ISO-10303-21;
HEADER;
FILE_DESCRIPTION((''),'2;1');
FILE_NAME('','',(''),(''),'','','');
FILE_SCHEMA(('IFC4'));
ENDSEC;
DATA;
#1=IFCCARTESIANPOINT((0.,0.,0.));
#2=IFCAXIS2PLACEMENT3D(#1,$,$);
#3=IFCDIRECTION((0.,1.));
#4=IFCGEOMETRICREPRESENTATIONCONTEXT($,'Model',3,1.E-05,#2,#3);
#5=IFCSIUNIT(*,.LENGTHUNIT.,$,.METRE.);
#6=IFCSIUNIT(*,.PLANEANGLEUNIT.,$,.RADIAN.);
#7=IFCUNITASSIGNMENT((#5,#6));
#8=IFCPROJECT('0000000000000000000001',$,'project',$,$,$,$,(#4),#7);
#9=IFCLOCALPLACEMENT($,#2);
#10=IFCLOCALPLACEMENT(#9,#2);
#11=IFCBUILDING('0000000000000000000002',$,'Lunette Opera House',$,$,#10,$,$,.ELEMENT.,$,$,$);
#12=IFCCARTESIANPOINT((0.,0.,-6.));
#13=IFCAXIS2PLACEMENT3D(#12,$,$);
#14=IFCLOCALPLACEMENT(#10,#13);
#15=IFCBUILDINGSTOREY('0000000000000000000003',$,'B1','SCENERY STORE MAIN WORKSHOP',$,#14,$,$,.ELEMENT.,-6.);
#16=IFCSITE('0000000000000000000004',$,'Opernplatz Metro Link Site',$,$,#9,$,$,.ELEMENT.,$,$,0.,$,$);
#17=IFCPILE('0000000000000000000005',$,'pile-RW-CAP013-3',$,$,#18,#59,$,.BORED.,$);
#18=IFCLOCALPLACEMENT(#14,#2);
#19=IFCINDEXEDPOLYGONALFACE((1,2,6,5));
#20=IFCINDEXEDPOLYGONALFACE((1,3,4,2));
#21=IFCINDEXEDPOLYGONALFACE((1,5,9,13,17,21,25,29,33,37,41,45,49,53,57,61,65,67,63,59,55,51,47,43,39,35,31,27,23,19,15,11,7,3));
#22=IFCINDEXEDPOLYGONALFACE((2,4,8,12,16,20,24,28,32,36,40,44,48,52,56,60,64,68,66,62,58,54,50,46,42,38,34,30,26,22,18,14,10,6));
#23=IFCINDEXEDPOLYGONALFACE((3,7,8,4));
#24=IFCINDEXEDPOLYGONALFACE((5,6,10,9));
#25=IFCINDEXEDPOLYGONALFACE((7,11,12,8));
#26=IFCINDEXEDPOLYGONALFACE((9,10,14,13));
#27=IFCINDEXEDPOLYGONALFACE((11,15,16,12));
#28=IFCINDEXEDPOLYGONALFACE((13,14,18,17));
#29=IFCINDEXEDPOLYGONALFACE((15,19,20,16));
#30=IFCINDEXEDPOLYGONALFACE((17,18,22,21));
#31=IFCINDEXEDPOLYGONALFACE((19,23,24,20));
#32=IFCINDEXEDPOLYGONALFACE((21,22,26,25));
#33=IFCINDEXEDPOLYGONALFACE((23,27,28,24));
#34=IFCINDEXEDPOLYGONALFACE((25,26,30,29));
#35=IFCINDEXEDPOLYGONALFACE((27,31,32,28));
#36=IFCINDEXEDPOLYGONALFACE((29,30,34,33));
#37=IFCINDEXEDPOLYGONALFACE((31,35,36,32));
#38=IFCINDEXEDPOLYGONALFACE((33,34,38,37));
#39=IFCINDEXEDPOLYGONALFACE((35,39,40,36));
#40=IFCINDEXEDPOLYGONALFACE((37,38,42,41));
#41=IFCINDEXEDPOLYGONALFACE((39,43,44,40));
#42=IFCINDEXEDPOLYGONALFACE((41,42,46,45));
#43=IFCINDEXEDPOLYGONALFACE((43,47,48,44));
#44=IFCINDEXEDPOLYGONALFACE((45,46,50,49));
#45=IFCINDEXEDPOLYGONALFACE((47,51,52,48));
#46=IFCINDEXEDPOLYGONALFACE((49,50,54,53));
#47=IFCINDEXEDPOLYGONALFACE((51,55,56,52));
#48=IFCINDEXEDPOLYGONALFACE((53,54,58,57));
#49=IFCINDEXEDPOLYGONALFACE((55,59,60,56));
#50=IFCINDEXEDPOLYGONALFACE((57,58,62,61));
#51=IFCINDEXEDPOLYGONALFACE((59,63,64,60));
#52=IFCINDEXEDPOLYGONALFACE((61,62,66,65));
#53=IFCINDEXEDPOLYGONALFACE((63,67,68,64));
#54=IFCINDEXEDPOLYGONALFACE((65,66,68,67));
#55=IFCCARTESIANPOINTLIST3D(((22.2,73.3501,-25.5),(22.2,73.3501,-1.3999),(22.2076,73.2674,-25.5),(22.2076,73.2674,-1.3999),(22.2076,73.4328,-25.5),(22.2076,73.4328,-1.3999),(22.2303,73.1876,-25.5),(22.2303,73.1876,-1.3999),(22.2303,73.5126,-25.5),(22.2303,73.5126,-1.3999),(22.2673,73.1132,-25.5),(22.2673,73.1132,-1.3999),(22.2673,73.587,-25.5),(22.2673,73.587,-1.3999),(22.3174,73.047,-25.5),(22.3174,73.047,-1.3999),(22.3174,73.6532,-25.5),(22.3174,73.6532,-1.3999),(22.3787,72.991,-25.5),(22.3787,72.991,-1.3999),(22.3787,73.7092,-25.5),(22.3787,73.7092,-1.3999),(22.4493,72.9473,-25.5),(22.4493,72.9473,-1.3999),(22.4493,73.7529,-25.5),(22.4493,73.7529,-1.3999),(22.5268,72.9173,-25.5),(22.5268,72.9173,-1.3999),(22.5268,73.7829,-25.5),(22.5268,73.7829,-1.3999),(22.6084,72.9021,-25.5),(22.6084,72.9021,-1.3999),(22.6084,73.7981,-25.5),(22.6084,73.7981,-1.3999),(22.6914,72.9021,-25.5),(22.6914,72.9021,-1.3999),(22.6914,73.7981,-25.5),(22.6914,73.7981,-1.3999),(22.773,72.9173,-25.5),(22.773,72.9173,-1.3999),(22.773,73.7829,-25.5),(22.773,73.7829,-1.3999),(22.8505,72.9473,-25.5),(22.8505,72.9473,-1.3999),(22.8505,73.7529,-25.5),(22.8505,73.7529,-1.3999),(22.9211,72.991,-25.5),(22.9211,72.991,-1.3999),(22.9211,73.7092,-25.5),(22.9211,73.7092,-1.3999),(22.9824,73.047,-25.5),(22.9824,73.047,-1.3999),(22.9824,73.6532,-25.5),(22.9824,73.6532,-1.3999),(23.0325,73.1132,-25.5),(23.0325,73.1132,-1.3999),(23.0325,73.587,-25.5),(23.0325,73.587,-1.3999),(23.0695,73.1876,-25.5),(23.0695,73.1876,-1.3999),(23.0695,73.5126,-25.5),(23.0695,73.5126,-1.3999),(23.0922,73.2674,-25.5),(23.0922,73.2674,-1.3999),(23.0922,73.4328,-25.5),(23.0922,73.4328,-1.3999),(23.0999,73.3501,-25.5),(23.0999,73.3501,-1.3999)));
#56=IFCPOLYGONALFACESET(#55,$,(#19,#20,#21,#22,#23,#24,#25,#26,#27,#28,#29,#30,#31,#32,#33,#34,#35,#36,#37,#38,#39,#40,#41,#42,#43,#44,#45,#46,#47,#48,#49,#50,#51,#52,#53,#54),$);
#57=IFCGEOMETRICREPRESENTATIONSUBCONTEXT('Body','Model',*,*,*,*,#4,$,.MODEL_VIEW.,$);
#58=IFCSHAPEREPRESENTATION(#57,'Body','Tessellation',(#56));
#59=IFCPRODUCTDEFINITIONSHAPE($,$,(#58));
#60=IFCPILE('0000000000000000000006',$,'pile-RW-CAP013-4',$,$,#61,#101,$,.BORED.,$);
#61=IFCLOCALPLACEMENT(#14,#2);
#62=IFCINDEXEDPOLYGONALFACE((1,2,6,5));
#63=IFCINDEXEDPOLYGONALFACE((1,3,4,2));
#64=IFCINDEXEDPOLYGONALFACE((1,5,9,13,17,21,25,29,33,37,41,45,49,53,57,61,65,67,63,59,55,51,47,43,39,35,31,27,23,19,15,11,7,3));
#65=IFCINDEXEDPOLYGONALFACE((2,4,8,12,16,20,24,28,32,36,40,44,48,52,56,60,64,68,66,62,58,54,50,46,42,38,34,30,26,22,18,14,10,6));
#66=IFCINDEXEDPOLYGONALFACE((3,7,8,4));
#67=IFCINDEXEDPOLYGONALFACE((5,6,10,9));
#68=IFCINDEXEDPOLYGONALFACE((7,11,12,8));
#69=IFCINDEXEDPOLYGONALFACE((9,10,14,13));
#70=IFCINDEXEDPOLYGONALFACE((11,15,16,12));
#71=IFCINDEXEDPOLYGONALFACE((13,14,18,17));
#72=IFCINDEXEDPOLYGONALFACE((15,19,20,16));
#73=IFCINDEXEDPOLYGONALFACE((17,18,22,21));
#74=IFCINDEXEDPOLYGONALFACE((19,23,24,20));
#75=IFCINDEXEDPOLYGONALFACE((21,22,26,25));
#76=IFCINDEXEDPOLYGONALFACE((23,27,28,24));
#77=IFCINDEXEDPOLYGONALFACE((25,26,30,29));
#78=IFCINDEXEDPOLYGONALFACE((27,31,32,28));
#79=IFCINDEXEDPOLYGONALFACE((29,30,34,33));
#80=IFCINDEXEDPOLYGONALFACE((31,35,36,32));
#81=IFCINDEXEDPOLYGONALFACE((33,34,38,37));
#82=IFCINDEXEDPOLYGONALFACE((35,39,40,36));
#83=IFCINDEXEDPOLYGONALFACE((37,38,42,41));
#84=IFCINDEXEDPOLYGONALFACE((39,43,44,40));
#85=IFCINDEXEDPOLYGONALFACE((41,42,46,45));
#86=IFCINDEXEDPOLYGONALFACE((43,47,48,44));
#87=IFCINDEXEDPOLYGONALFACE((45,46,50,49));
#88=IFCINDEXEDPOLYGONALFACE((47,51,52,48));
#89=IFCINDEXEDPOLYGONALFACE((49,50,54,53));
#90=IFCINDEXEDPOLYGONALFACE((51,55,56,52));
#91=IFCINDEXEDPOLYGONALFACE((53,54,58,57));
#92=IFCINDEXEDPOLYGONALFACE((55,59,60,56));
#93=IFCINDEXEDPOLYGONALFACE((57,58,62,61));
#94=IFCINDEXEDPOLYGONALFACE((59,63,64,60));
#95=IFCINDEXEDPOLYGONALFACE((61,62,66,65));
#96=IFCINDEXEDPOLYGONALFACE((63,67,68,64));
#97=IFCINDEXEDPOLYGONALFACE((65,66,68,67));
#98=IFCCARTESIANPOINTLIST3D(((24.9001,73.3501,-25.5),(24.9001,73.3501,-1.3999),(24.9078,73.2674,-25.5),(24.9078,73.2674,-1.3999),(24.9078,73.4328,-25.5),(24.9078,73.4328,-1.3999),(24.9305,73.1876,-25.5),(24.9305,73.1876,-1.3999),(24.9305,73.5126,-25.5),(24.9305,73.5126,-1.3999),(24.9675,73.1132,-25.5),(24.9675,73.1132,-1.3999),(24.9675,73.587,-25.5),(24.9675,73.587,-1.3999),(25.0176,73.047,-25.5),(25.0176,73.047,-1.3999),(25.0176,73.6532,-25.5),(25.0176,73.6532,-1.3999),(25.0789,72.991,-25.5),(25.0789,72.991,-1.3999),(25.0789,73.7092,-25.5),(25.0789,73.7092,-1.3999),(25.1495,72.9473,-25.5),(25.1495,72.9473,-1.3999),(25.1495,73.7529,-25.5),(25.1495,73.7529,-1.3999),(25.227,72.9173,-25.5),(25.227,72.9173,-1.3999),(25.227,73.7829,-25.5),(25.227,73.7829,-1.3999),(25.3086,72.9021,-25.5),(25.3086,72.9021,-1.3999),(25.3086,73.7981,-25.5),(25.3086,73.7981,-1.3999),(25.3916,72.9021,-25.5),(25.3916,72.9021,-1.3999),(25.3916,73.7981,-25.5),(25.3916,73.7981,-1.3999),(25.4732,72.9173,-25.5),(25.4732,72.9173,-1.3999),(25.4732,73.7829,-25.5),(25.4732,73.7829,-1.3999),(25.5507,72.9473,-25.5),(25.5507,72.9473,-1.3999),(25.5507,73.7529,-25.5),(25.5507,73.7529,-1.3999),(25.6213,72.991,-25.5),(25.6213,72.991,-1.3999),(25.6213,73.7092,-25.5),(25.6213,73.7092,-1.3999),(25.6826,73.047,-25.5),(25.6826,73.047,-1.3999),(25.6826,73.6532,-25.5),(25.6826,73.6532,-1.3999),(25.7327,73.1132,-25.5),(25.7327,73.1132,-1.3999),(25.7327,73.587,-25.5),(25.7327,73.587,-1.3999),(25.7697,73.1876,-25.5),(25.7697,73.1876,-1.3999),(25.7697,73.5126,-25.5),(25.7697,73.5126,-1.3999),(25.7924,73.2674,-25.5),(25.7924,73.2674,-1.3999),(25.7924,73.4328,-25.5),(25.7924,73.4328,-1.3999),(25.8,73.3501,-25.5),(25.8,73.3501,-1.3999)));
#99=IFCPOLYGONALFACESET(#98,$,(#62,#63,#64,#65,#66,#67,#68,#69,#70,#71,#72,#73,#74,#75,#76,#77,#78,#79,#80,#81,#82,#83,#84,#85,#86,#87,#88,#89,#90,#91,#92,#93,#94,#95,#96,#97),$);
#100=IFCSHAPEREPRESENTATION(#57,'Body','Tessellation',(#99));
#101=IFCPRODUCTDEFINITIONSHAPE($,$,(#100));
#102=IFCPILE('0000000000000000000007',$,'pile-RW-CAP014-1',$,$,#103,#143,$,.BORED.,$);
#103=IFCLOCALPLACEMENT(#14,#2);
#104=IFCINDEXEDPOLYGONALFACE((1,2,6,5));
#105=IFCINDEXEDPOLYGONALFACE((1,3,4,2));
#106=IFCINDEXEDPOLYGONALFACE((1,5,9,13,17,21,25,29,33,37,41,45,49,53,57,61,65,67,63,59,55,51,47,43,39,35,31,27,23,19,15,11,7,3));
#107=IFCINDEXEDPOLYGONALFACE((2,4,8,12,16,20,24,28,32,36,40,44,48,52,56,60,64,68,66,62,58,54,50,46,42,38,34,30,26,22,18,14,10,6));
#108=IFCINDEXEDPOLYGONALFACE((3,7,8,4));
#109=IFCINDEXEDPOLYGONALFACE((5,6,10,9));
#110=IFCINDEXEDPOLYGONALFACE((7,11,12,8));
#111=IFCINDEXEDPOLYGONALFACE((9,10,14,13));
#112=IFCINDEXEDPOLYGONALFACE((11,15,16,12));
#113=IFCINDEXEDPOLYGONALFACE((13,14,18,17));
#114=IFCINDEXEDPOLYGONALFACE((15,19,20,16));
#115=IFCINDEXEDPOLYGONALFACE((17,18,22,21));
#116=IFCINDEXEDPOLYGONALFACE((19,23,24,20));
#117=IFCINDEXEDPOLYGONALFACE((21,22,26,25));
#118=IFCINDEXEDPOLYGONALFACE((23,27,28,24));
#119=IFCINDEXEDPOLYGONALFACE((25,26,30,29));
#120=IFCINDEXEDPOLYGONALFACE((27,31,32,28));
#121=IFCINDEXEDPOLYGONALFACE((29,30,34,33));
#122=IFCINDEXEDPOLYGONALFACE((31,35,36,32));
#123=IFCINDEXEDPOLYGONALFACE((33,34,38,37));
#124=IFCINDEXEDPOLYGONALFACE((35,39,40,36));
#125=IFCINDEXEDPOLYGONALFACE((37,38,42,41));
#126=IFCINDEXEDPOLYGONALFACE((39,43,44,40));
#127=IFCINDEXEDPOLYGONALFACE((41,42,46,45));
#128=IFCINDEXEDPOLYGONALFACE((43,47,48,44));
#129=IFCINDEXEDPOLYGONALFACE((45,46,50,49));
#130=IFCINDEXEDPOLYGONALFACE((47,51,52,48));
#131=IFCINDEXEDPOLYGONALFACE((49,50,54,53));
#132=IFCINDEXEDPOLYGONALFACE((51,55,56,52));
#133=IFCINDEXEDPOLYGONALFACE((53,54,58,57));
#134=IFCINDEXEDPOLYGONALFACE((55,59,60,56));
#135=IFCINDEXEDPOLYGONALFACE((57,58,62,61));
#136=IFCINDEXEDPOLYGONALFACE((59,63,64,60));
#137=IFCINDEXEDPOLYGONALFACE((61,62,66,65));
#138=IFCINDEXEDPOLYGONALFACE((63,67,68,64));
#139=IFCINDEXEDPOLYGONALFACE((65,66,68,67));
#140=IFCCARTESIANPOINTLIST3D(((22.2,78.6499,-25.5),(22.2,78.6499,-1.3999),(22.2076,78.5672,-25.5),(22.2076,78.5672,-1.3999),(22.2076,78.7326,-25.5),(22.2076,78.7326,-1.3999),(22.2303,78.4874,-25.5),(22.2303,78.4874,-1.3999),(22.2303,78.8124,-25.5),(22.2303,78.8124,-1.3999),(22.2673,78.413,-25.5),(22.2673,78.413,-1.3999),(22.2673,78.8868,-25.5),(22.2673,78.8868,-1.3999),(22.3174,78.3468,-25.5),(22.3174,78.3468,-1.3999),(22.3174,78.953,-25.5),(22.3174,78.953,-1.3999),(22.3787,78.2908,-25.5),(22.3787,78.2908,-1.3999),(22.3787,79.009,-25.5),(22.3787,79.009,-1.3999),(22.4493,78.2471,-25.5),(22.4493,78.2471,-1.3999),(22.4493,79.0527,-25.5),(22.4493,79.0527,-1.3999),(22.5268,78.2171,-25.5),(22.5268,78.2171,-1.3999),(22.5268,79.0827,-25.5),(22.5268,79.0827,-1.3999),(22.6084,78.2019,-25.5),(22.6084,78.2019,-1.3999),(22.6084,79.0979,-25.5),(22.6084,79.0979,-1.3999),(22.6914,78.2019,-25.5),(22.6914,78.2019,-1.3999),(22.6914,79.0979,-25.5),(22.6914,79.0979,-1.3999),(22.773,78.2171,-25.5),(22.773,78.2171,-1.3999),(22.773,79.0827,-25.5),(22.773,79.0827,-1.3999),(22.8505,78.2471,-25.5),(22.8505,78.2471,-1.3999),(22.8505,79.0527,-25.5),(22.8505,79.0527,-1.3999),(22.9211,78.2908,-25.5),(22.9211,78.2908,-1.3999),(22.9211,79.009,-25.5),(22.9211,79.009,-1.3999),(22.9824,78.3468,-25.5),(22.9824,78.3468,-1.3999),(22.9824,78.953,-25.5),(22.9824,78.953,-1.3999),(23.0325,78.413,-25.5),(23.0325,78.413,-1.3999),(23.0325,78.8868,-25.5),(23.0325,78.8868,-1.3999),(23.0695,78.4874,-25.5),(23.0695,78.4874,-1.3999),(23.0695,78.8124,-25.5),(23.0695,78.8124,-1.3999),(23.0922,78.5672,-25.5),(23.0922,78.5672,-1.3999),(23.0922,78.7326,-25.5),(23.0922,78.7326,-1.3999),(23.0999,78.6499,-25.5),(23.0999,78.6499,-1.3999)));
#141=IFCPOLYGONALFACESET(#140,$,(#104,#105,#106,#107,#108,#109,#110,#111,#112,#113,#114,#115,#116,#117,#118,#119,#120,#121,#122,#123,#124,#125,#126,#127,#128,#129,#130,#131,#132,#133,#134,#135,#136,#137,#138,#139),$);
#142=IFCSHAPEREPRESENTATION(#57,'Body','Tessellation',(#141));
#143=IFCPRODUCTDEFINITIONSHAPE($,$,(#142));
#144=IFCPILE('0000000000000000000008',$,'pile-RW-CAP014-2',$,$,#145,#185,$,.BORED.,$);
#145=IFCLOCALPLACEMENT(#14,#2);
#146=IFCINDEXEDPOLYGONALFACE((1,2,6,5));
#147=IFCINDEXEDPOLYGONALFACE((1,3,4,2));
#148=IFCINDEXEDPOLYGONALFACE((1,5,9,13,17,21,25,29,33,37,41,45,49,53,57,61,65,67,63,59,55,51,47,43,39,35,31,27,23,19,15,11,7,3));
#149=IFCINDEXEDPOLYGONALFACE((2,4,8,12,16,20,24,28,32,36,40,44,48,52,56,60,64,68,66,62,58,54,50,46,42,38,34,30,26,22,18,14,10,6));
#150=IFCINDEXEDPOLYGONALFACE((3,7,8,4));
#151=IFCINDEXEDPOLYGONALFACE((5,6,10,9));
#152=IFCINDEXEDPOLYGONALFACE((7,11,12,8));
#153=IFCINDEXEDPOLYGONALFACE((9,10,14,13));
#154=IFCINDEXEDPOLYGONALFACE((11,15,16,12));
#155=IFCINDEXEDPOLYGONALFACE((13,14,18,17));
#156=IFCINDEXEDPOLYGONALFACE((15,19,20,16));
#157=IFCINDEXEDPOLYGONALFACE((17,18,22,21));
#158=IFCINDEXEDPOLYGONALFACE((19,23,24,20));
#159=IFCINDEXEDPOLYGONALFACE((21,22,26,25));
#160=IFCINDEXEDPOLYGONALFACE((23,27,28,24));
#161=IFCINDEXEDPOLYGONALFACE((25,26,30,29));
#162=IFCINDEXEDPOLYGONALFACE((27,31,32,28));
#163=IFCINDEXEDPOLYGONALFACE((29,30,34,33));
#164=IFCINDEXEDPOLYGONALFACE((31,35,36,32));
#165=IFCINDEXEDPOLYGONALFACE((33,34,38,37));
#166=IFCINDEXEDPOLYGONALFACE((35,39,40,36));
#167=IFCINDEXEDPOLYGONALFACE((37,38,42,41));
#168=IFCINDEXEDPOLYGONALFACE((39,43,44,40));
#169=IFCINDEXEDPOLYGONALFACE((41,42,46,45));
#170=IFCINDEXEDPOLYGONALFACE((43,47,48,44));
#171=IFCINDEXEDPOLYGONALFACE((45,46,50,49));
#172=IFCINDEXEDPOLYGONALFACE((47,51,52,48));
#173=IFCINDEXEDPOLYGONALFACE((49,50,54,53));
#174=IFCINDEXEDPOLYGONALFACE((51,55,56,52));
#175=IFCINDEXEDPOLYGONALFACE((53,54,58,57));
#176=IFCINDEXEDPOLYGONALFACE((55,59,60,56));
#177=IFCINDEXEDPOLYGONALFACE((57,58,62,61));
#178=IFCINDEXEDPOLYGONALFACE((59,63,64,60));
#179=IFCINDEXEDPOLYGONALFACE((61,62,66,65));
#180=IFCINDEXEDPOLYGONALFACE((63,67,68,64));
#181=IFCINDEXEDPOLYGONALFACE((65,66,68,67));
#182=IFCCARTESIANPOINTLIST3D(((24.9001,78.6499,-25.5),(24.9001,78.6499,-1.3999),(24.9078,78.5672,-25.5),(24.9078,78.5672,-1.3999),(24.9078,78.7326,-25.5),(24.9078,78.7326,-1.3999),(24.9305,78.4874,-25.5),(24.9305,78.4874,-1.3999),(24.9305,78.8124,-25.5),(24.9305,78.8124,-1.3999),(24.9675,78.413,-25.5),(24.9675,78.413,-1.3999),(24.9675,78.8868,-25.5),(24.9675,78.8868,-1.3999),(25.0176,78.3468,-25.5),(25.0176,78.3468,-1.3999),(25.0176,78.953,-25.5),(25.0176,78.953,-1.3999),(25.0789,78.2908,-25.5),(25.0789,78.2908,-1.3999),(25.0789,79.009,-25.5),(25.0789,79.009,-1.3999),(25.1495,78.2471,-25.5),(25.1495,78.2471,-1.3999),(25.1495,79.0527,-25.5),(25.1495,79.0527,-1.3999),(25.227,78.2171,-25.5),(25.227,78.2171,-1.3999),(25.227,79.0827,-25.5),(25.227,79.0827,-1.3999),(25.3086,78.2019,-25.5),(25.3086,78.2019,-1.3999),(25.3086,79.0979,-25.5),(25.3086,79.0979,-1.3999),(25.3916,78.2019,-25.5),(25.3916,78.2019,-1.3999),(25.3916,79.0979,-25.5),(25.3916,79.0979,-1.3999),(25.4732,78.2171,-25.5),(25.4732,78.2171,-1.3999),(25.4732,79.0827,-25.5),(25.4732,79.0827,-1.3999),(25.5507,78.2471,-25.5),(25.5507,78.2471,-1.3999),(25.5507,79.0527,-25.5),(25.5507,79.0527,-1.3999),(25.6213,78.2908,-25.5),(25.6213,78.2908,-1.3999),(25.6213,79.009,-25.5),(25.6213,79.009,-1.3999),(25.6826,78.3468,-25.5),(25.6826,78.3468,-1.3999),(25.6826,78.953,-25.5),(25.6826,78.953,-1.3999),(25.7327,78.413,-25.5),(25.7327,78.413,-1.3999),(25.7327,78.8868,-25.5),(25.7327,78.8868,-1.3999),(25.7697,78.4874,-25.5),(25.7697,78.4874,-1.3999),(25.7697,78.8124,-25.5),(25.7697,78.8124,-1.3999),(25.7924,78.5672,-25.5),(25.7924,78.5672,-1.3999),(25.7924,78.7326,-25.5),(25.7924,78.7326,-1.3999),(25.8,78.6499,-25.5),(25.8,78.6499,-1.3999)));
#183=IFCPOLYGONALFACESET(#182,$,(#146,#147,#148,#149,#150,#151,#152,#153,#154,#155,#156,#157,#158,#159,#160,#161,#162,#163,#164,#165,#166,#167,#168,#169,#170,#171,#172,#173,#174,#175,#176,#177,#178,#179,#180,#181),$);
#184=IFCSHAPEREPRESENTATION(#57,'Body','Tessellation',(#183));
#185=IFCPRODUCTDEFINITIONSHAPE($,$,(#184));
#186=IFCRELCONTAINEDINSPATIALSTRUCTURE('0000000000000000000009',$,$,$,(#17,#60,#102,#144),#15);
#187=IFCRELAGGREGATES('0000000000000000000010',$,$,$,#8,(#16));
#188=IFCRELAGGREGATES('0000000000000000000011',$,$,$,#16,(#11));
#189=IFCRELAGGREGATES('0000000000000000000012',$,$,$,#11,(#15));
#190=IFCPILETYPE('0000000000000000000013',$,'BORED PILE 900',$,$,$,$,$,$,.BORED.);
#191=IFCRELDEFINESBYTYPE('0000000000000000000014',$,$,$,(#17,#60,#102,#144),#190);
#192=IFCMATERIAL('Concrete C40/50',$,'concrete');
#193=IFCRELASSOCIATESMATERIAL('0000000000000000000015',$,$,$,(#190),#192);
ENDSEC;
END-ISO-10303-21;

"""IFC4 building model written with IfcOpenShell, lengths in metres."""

from ifc_helpers import new_model, si_unit, direction, frame, origin, origin_2d, place, context, subcontext, project, spatial, circle, extrude, material, material_profile, profile_set, type_object, element, save


model = new_model("IFC4")

# Units and contexts
model_context = context("Model", 3, precision=1e-05, world=origin(), true_north=direction((0.0, 1.0)))
body_context = subcontext(model_context, "Body", "Model", "MODEL_VIEW")
ifc_project = project(units=[si_unit("LENGTHUNIT", "METRE"), si_unit("PLANEANGLEUNIT", "RADIAN")], contexts=[model_context])

# Site, building, storey
site_placement = place(None, origin())
site = spatial("IfcSite", under=ifc_project, at=site_placement, Name="Opernplatz Metro Link Site", CompositionType="ELEMENT", RefElevation=0.0)
building_placement = place(site_placement, origin())
building = spatial("IfcBuilding", under=site, at=building_placement, Name="Lunette Opera House", CompositionType="ELEMENT")
storey_placement = place(building_placement, frame((0.0, 0.0, -6.0)))
storey = spatial("IfcBuildingStorey", under=building, at=storey_placement, Name="B1", Description="SCENERY STORE MAIN WORKSHOP", CompositionType="ELEMENT", Elevation=-6.0)

# Piles
ifc_material_1 = material(Name="Concrete C40/50", Category="concrete")
ifc_material_profile_1 = material_profile(ifc_material_1, circle(Radius=0.45, at=origin_2d()), Name="BORED PILE 900")
ifc_profile_set_1 = profile_set([ifc_material_profile_1], Name="Concrete C40/50")
pile_type = type_object("IfcPileType", Name="BORED PILE 900", PredefinedType="BORED", material=ifc_profile_set_1)
for number, where, z_axis, x_axis, name in (
    (1, (22.6499, 73.3501, -1.3999), (0.0, 0.0, -1.0), (1.0, 0.0, 0.0), "pile-RW-CAP013-3"),
    (2, (25.3501, 73.3501, -1.3999), (0.0, 0.0, -1.0), (1.0, 0.0, 0.0), "pile-RW-CAP013-4"),
    (3, (22.6499, 78.6499, -1.3999), (0.0, 0.0, -1.0), (1.0, 0.0, 0.0), "pile-RW-CAP014-1"),
    (4, (25.3501, 78.6499, -1.3999), (0.0, 0.0, -1.0), (1.0, 0.0, 0.0), "pile-RW-CAP014-2"),
):
    element("IfcPile", number, at=place(storey_placement, frame(where, z_axis=z_axis, x_axis=x_axis)), inside=storey, type_object=pile_type, Name=name, PredefinedType="BORED", context=body_context, shape_type="SweptSolid", body=[
        extrude(circle(Radius=0.45, at=origin_2d()), origin(), (0.0, 0.0, 1.0), 24.1001),
    ])

save(model, "model.ifc")
